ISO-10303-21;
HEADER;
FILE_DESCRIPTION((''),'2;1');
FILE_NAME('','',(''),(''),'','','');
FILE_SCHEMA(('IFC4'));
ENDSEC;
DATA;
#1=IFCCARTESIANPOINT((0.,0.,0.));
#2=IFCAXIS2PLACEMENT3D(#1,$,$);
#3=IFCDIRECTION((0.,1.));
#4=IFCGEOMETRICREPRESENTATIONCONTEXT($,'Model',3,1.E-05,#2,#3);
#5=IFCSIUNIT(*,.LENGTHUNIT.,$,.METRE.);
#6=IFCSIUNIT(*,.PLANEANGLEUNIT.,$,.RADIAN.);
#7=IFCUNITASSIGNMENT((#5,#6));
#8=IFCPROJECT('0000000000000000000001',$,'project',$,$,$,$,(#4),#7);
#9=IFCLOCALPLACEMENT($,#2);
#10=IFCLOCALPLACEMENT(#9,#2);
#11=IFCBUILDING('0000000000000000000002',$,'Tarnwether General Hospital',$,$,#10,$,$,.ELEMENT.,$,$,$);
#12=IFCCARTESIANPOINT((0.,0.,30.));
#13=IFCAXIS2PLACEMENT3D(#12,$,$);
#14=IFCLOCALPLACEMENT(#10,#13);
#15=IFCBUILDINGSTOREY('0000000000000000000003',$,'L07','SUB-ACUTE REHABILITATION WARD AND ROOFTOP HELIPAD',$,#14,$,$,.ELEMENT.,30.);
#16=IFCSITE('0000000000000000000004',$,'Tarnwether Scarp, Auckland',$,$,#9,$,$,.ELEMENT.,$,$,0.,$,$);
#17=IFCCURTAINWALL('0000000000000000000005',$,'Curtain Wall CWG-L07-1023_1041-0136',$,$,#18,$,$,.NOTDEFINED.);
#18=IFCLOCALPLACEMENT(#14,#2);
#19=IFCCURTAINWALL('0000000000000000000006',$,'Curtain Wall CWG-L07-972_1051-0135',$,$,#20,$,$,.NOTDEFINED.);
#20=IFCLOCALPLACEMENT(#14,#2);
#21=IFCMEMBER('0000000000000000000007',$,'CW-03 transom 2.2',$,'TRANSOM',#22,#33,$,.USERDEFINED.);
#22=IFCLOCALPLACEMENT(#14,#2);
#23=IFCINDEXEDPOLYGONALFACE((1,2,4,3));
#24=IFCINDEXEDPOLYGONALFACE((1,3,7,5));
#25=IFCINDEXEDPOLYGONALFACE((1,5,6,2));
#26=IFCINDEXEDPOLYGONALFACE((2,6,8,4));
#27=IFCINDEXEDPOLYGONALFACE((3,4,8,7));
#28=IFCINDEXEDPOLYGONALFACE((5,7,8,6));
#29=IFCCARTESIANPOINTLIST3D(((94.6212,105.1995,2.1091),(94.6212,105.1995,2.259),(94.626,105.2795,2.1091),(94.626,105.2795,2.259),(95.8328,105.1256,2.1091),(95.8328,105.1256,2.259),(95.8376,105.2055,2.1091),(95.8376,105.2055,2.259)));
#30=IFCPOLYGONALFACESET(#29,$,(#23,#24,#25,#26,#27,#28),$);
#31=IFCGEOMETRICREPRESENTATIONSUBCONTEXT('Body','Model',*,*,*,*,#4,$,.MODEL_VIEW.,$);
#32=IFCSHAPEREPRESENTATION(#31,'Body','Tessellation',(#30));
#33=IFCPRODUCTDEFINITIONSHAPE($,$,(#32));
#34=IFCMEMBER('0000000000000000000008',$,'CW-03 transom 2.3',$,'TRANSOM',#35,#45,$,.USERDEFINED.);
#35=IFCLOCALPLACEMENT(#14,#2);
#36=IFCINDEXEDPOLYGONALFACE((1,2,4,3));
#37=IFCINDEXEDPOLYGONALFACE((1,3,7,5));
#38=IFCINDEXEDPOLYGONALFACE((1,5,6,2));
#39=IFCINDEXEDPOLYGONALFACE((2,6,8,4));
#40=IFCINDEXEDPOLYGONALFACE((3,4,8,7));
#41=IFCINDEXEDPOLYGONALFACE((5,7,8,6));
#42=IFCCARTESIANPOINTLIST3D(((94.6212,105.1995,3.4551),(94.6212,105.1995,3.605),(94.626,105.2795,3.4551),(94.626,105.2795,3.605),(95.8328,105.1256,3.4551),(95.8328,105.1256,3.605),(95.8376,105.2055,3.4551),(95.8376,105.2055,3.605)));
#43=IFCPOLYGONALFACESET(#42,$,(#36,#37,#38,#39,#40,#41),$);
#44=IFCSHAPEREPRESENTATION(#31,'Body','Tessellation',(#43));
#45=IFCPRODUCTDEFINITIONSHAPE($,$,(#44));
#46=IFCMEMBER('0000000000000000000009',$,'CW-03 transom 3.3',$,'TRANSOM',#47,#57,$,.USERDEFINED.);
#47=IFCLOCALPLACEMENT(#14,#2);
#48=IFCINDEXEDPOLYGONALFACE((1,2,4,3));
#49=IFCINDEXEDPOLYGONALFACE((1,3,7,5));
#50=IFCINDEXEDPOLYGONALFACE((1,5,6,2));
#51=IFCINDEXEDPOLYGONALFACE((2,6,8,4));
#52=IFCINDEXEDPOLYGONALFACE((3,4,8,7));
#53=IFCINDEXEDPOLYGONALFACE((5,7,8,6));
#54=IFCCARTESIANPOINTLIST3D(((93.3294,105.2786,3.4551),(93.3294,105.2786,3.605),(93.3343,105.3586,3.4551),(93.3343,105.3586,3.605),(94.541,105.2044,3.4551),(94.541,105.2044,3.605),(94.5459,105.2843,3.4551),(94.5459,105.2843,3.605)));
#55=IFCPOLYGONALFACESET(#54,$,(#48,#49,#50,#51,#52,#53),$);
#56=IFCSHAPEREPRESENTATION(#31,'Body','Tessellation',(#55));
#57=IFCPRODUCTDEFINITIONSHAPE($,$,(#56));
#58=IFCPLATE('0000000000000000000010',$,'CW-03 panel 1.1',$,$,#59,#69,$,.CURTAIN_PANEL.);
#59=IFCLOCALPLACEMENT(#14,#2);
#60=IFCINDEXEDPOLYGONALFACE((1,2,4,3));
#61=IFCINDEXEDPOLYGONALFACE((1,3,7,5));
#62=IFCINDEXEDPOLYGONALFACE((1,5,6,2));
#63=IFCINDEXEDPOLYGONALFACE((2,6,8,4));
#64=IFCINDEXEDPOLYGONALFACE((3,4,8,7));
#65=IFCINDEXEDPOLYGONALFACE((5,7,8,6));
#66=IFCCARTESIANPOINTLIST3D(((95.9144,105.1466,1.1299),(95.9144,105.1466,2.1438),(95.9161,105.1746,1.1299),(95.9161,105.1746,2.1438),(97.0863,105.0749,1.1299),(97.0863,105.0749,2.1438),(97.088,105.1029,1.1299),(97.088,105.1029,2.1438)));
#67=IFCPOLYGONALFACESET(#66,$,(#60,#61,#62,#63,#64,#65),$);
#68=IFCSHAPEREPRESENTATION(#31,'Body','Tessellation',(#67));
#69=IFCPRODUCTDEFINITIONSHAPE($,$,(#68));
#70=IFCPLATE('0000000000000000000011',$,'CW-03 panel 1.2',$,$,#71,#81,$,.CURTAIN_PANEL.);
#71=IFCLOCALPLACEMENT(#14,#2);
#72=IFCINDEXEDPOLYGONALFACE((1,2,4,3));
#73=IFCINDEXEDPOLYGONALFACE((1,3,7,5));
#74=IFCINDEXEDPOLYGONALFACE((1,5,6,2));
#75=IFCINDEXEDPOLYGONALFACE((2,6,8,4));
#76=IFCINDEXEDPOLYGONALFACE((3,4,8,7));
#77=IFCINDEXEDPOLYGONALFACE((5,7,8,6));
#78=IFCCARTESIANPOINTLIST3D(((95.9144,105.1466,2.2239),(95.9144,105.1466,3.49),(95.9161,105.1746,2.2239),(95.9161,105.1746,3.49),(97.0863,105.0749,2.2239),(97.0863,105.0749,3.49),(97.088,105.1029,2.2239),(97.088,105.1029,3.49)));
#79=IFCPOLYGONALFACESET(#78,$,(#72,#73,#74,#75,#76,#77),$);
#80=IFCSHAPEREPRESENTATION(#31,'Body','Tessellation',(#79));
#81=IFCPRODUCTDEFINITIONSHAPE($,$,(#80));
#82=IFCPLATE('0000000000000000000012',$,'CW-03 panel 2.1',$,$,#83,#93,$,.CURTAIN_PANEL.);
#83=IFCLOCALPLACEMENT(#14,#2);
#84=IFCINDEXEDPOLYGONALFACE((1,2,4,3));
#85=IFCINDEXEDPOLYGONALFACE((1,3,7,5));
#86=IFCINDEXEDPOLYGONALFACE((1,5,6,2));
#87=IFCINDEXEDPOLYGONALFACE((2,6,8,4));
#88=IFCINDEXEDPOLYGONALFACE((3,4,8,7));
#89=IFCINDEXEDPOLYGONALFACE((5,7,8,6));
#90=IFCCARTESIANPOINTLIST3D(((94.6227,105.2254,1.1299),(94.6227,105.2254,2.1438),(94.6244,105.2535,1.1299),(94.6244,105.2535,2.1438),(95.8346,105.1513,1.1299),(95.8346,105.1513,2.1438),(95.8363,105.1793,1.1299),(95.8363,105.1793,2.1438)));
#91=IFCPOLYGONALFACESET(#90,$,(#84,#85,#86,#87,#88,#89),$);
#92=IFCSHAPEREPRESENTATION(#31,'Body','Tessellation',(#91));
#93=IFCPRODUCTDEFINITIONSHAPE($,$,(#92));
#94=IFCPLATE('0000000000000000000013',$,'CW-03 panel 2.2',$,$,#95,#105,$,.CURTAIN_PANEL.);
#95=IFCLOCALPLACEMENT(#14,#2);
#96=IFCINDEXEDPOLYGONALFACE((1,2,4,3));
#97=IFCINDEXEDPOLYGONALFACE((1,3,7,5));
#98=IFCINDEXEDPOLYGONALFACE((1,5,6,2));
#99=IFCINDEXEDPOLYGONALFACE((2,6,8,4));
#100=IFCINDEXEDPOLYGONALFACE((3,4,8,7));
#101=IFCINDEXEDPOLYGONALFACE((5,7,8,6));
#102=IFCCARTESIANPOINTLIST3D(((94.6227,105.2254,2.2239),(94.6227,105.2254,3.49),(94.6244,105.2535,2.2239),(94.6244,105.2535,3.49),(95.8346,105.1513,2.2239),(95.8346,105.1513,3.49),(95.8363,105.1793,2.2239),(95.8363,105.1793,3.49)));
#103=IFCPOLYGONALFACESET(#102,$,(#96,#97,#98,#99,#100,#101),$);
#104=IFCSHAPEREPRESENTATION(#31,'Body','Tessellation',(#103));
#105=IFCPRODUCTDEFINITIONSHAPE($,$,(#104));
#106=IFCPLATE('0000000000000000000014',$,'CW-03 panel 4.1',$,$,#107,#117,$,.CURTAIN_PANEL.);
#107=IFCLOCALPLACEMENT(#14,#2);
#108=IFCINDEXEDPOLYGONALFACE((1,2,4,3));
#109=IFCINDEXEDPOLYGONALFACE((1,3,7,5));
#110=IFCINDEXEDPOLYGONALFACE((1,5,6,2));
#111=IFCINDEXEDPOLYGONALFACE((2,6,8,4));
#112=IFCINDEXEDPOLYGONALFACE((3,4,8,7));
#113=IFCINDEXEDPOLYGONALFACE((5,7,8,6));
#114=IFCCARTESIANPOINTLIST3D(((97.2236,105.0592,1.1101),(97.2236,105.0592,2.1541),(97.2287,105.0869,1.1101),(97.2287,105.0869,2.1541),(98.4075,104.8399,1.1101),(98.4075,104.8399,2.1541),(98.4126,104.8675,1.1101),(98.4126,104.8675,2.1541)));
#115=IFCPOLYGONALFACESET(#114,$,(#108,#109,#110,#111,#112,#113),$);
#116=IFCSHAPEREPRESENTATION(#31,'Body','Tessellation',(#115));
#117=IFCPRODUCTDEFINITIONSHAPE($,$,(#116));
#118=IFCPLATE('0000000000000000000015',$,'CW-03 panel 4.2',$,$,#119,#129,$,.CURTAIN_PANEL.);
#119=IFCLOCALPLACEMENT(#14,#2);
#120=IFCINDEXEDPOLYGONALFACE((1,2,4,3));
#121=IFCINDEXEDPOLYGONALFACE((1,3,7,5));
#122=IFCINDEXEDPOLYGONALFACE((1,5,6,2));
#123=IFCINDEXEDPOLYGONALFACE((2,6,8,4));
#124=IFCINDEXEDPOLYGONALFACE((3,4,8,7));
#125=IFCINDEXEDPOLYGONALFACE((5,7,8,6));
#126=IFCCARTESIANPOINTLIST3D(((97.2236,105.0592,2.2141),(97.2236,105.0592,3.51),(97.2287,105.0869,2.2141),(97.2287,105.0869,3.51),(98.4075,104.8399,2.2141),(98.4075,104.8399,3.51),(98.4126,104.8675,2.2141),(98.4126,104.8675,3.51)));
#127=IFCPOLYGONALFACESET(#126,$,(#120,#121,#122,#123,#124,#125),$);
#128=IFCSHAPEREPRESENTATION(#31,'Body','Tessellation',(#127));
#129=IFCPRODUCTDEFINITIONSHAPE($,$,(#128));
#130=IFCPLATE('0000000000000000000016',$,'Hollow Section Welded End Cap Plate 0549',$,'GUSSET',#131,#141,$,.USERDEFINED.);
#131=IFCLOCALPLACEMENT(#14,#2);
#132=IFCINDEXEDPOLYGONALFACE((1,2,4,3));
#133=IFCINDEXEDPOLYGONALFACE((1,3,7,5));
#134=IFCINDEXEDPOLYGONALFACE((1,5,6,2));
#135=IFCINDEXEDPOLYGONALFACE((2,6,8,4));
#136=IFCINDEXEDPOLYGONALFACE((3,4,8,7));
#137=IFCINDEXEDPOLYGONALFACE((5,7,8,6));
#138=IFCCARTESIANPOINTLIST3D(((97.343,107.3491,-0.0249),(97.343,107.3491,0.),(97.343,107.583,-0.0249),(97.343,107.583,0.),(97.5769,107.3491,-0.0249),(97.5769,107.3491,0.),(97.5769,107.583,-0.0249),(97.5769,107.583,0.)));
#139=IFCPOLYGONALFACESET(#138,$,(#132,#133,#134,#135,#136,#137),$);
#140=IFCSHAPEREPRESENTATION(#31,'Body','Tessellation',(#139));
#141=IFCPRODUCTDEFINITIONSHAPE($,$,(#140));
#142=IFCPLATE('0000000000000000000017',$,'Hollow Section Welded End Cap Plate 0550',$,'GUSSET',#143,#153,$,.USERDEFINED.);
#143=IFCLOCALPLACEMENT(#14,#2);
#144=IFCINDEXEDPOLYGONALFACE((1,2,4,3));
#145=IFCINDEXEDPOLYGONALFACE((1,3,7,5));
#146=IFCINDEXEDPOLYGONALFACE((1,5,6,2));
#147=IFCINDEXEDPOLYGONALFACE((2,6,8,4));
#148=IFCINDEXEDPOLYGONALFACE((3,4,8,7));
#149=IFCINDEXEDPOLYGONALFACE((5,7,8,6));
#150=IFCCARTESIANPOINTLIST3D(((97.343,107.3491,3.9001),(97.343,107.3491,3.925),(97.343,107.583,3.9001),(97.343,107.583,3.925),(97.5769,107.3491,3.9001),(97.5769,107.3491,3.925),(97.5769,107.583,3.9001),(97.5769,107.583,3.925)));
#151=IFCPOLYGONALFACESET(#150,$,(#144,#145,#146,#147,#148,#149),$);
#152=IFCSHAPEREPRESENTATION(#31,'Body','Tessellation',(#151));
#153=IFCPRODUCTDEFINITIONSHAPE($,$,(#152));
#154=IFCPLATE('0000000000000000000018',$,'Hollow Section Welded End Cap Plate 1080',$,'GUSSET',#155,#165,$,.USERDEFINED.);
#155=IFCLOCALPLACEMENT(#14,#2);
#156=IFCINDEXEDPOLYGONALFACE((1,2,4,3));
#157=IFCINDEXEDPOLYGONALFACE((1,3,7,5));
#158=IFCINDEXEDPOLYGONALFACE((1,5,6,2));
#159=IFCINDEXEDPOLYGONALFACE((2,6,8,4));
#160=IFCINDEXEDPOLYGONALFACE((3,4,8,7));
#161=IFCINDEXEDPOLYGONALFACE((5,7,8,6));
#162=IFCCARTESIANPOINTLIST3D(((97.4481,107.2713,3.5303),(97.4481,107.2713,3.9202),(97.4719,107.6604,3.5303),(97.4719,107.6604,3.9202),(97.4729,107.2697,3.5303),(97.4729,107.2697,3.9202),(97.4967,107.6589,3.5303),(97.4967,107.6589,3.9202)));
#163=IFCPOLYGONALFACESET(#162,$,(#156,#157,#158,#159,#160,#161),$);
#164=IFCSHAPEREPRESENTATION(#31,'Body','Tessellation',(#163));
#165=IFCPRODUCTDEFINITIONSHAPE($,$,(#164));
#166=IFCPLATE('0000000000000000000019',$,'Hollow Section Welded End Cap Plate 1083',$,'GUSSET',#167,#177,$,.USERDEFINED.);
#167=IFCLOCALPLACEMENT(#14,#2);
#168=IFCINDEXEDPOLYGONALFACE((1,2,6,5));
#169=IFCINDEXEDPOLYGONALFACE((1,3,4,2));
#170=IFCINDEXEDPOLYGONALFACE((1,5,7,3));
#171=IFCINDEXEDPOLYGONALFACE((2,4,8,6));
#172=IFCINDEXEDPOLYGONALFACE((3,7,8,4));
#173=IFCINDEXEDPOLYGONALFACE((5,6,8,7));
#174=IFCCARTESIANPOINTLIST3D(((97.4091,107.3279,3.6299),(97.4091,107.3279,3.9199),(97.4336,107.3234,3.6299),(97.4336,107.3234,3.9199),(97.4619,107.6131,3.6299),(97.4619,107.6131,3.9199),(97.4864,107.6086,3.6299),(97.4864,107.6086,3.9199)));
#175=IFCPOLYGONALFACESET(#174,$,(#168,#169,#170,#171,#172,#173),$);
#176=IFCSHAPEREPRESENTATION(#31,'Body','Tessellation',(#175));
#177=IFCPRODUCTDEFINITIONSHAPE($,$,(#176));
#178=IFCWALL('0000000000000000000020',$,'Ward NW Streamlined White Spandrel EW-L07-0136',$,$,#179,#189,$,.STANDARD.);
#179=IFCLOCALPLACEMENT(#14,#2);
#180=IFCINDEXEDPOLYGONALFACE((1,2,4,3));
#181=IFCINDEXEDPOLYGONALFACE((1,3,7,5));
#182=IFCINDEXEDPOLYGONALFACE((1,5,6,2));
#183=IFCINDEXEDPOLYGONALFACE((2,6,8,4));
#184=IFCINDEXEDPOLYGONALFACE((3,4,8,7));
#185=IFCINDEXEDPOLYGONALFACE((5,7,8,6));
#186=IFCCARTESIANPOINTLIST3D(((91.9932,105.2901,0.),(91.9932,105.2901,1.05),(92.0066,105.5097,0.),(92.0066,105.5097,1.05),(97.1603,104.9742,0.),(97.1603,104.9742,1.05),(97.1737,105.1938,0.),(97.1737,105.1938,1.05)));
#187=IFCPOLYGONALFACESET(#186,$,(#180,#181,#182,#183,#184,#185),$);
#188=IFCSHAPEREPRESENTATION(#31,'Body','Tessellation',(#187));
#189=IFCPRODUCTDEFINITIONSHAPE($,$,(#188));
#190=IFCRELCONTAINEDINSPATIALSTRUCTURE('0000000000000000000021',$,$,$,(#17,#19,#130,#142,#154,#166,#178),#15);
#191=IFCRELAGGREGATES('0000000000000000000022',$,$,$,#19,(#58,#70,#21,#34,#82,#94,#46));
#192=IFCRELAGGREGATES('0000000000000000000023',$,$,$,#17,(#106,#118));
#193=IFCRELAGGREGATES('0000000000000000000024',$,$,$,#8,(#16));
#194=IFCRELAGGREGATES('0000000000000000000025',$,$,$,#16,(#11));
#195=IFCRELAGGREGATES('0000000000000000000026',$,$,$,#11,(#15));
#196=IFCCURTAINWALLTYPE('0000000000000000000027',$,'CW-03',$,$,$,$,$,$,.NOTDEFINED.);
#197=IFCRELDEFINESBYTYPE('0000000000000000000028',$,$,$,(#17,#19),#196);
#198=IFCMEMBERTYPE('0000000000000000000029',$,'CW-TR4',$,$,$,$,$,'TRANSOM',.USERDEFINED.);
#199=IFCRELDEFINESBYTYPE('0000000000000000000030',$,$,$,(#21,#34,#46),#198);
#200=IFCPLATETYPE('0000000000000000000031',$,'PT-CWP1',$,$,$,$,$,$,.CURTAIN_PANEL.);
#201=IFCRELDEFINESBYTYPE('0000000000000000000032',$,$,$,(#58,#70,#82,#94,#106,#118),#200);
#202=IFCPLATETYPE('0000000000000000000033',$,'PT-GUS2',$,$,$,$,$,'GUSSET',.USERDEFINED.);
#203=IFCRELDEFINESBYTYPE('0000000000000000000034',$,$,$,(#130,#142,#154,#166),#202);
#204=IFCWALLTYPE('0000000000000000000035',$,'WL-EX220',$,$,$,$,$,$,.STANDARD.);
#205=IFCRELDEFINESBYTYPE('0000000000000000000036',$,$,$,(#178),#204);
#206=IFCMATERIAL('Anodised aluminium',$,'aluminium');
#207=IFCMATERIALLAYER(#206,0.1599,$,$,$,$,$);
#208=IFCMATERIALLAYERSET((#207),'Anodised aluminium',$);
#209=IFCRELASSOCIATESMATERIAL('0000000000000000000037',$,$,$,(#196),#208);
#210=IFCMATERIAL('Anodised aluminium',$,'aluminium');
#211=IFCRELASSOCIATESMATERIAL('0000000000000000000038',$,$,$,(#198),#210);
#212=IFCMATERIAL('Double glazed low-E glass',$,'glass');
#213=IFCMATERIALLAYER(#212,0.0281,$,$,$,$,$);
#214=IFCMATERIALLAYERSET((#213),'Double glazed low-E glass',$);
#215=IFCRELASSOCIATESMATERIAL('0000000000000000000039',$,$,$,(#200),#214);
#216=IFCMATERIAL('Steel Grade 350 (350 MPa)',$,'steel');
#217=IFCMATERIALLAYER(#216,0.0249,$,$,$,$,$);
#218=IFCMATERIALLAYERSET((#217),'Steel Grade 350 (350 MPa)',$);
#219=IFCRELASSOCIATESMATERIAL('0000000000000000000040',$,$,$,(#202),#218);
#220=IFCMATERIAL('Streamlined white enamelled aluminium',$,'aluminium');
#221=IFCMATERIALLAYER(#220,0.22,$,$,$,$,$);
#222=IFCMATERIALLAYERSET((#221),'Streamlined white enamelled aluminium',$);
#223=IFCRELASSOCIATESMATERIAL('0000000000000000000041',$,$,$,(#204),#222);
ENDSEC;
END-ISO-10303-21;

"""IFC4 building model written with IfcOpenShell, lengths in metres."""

from ifc_helpers import new_model, si_unit, direction, frame, frame_2d, origin, origin_2d, place, context, subcontext, project, spatial, rectangle, extrude, material, layer, layer_set, material_profile, profile_set, type_object, element, aggregate, save


model = new_model("IFC4")

# Units and contexts
model_context = context("Model", 3, precision=1e-05, world=origin(), true_north=direction((0.0, 1.0)))
body_context = subcontext(model_context, "Body", "Model", "MODEL_VIEW")
ifc_project = project(units=[si_unit("LENGTHUNIT", "METRE"), si_unit("PLANEANGLEUNIT", "RADIAN")], contexts=[model_context])

# Site, building, storey
site_placement = place(None, origin())
site = spatial("IfcSite", under=ifc_project, at=site_placement, Name="Tarnwether Scarp, Auckland", CompositionType="ELEMENT", RefElevation=0.0)
building_placement = place(site_placement, origin())
building = spatial("IfcBuilding", under=site, at=building_placement, Name="Tarnwether General Hospital", CompositionType="ELEMENT")
storey_placement = place(building_placement, frame((0.0, 0.0, 30.0)))
storey = spatial("IfcBuildingStorey", under=building, at=storey_placement, Name="L07", Description="SUB-ACUTE REHABILITATION WARD AND ROOFTOP HELIPAD", CompositionType="ELEMENT", Elevation=30.0)

# Curtain wall
ifc_material_1 = material(Name="Anodised aluminium", Category="aluminium")
ifc_layer_1 = layer(ifc_material_1, 0.1599)
ifc_layer_set_1 = layer_set([ifc_layer_1], Name="Anodised aluminium")
curtain_wall_type = type_object("IfcCurtainWallType", Name="CW-03", PredefinedType="NOTDEFINED", material=ifc_layer_set_1)
curtain_wall_1_placement = place(storey_placement, origin())
curtain_wall_1 = element("IfcCurtainWall", 1, at=curtain_wall_1_placement, inside=storey, type_object=curtain_wall_type, Name="Curtain Wall CWG-L07-1023_1041-0136", PredefinedType="NOTDEFINED")

# Curtain wall, members, plates
curtain_wall_2_placement = place(storey_placement, origin())
curtain_wall_2 = element("IfcCurtainWall", 2, at=curtain_wall_2_placement, inside=storey, type_object=curtain_wall_type, Name="Curtain Wall CWG-L07-972_1051-0135", PredefinedType="NOTDEFINED")
ifc_material_2 = material(Name="Anodised aluminium", Category="aluminium")
ifc_material_profile_1 = material_profile(ifc_material_2, rectangle(XDim=0.0801, YDim=0.1499, at=origin_2d()), Name="ALU-TRN-80x150")
ifc_profile_set_1 = profile_set([ifc_material_profile_1], Name="Anodised aluminium")
member_type_1 = type_object("IfcMemberType", Name="CW-TR4", ElementType="TRANSOM", PredefinedType="USERDEFINED", material=ifc_profile_set_1)
member_1_placement = place(storey_placement, frame((95.8352, 105.1655, 2.1841), z_axis=(-0.998142, 0.060938, 0.0), x_axis=(-0.060938, -0.998142, 0.0)))
member_1 = element("IfcMember", 3, at=member_1_placement, type_object=member_type_1, Name="CW-03 transom 2.2", ObjectType="TRANSOM", PredefinedType="USERDEFINED", context=body_context, shape_type="SweptSolid", body=[
    extrude(rectangle(XDim=0.0801, YDim=0.1499, at=origin_2d()), origin(), (0.0, 0.0, 1.0), 1.2139),
])
member_2_placement = place(storey_placement, frame((95.8352, 105.1655, 3.53), z_axis=(-0.998142, 0.060938, 0.0), x_axis=(-0.060938, -0.998142, 0.0)))
member_2 = element("IfcMember", 4, at=member_2_placement, type_object=member_type_1, Name="CW-03 transom 2.3", ObjectType="TRANSOM", PredefinedType="USERDEFINED", context=body_context, shape_type="SweptSolid", body=[
    extrude(rectangle(XDim=0.0801, YDim=0.1499, at=origin_2d()), origin(), (0.0, 0.0, 1.0), 1.2139),
])
member_3_placement = place(storey_placement, frame((94.5435, 105.2444, 3.53), z_axis=(-0.998129, 0.061139, 0.0), x_axis=(-0.061139, -0.998129, 0.0)))
member_3 = element("IfcMember", 5, at=member_3_placement, type_object=member_type_1, Name="CW-03 transom 3.3", ObjectType="TRANSOM", PredefinedType="USERDEFINED", context=body_context, shape_type="SweptSolid", body=[
    extrude(rectangle(XDim=0.0801, YDim=0.1499, at=origin_2d()), origin(), (0.0, 0.0, 1.0), 1.2139),
])
ifc_material_3 = material(Name="Double glazed low-E glass", Category="glass")
ifc_layer_2 = layer(ifc_material_3, 0.0281)
ifc_layer_set_2 = layer_set([ifc_layer_2], Name="Double glazed low-E glass")
plate_type_1 = type_object("IfcPlateType", Name="PT-CWP1", PredefinedType="CURTAIN_PANEL", material=ifc_layer_set_2)
plate_1_placement = place(storey_placement, frame((96.5012, 105.1248, 1.1299), z_axis=(0.0, 0.0, 1.0), x_axis=(-0.998135, 0.061043, 0.0)))
plate_1 = element("IfcPlate", 6, at=plate_1_placement, type_object=plate_type_1, Name="CW-03 panel 1.1", PredefinedType="CURTAIN_PANEL", context=body_context, shape_type="SweptSolid", body=[
    extrude(rectangle(XDim=1.1741, YDim=0.0281, at=origin_2d()), origin(), (0.0, 0.0, 1.0), 1.0139),
])
plate_2_placement = place(storey_placement, frame((96.5012, 105.1248, 2.2239), z_axis=(0.0, 0.0, 1.0), x_axis=(-0.998135, 0.061043, 0.0)))
plate_2 = element("IfcPlate", 7, at=plate_2_placement, type_object=plate_type_1, Name="CW-03 panel 1.2", PredefinedType="CURTAIN_PANEL", context=body_context, shape_type="SweptSolid", body=[
    extrude(rectangle(XDim=1.1741, YDim=0.0281, at=origin_2d()), origin(), (0.0, 0.0, 1.0), 1.2661),
])
plate_3_placement = place(storey_placement, frame((95.2295, 105.2024, 1.1299), z_axis=(0.0, 0.0, 1.0), x_axis=(-0.998135, 0.061043, 0.0)))
plate_3 = element("IfcPlate", 8, at=plate_3_placement, type_object=plate_type_1, Name="CW-03 panel 2.1", PredefinedType="CURTAIN_PANEL", context=body_context, shape_type="SweptSolid", body=[
    extrude(rectangle(XDim=1.2141, YDim=0.0281, at=origin_2d()), origin(), (0.0, 0.0, 1.0), 1.0139),
])
plate_4_placement = place(storey_placement, frame((95.2295, 105.2024, 2.2239), z_axis=(0.0, 0.0, 1.0), x_axis=(-0.998135, 0.061043, 0.0)))
plate_4 = element("IfcPlate", 9, at=plate_4_placement, type_object=plate_type_1, Name="CW-03 panel 2.2", PredefinedType="CURTAIN_PANEL", context=body_context, shape_type="SweptSolid", body=[
    extrude(rectangle(XDim=1.2141, YDim=0.0281, at=origin_2d()), origin(), (0.0, 0.0, 1.0), 1.2661),
])
aggregate(curtain_wall_2, [plate_1, plate_2, member_1, member_2, plate_3, plate_4, member_3])

# Plates
plate_5_placement = place(storey_placement, frame((97.8181, 104.9634, 1.1101), z_axis=(0.0, 0.0, 1.0), x_axis=(-0.983268, 0.182165, 0.0)))
plate_5 = element("IfcPlate", 10, at=plate_5_placement, type_object=plate_type_1, Name="CW-03 panel 4.1", PredefinedType="CURTAIN_PANEL", context=body_context, shape_type="SweptSolid", body=[
    extrude(rectangle(XDim=1.2041, YDim=0.0281, at=origin_2d()), origin(), (0.0, 0.0, 1.0), 1.0439),
])
plate_6_placement = place(storey_placement, frame((97.8181, 104.9634, 2.2141), z_axis=(0.0, 0.0, 1.0), x_axis=(-0.983268, 0.182165, 0.0)))
plate_6 = element("IfcPlate", 11, at=plate_6_placement, type_object=plate_type_1, Name="CW-03 panel 4.2", PredefinedType="CURTAIN_PANEL", context=body_context, shape_type="SweptSolid", body=[
    extrude(rectangle(XDim=1.2041, YDim=0.0281, at=origin_2d()), origin(), (0.0, 0.0, 1.0), 1.2959),
])
aggregate(curtain_wall_1, [plate_5, plate_6])

# Plates
ifc_material_4 = material(Name="Steel Grade 350 (350 MPa)", Category="steel")
ifc_layer_3 = layer(ifc_material_4, 0.0249)
ifc_layer_set_3 = layer_set([ifc_layer_3], Name="Steel Grade 350 (350 MPa)")
plate_type_2 = type_object("IfcPlateType", Name="PT-GUS2", ElementType="GUSSET", PredefinedType="USERDEFINED", material=ifc_layer_set_3)
for number, where, z_axis, x_axis, name in (
    (12, (97.46, 107.4661, -0.0249), (0.0, 0.0, 1.0), (1.0, 0.0, 0.0), "Hollow Section Welded End Cap Plate 0549"),
    (13, (97.46, 107.4661, 3.9001), (0.0, 0.0, 1.0), (1.0, 0.0, 0.0), "Hollow Section Welded End Cap Plate 0550"),
):
    element("IfcPlate", number, at=place(storey_placement, frame(where, z_axis=z_axis, x_axis=x_axis)), inside=storey, type_object=plate_type_2, Name=name, ObjectType="GUSSET", PredefinedType="USERDEFINED", context=body_context, shape_type="SweptSolid", body=[
        extrude(rectangle(XDim=0.2339, YDim=0.2339, at=origin_2d()), origin(), (0.0, 0.0, 1.0), 0.0249),
    ])
plate_7_placement = place(storey_placement, frame((97.4724, 107.4651, 3.5303), z_axis=(0.0, 0.0, 1.0), x_axis=(0.998134, -0.061066, 0.0)))
element("IfcPlate", 14, at=plate_7_placement, inside=storey, type_object=plate_type_2, Name="Hollow Section Welded End Cap Plate 1080", ObjectType="GUSSET", PredefinedType="USERDEFINED", context=body_context, shape_type="SweptSolid", body=[
    extrude(rectangle(XDim=0.0249, YDim=0.3899, at=origin_2d()), origin(), (0.0, 0.0, 1.0), 0.3899),
])
plate_8_placement = place(storey_placement, frame((97.4478, 107.4683, 3.6299), z_axis=(0.0, 0.0, 1.0), x_axis=(0.983245, -0.182287, 0.0)))
element("IfcPlate", 15, at=plate_8_placement, inside=storey, type_object=plate_type_2, Name="Hollow Section Welded End Cap Plate 1083", ObjectType="GUSSET", PredefinedType="USERDEFINED", context=body_context, shape_type="SweptSolid", body=[
    extrude(rectangle(XDim=0.0249, YDim=0.29, at=origin_2d()), origin(), (0.0, 0.0, 1.0), 0.29),
])

# Wall
ifc_material_5 = material(Name="Streamlined white enamelled aluminium", Category="aluminium")
ifc_layer_4 = layer(ifc_material_5, 0.22)
ifc_layer_set_4 = layer_set([ifc_layer_4], Name="Streamlined white enamelled aluminium")
wall_type_1 = type_object("IfcWallType", Name="WL-EX220", PredefinedType="STANDARD", material=ifc_layer_set_4)
wall_1_placement = place(storey_placement, frame((97.167, 105.084, 0.0), z_axis=(0.0, 0.0, 1.0), x_axis=(-0.998136, 0.061028, 0.0)))
element("IfcWall", 16, at=wall_1_placement, inside=storey, type_object=wall_type_1, Name="Ward NW Streamlined White Spandrel EW-L07-0136", PredefinedType="STANDARD", context=body_context, shape_type="SweptSolid", body=[
    extrude(rectangle(XDim=5.1768, YDim=0.22, at=frame_2d((2.5884, 0.0))), origin(), (0.0, 0.0, 1.0), 1.05),
])

save(model, "model.ifc")
